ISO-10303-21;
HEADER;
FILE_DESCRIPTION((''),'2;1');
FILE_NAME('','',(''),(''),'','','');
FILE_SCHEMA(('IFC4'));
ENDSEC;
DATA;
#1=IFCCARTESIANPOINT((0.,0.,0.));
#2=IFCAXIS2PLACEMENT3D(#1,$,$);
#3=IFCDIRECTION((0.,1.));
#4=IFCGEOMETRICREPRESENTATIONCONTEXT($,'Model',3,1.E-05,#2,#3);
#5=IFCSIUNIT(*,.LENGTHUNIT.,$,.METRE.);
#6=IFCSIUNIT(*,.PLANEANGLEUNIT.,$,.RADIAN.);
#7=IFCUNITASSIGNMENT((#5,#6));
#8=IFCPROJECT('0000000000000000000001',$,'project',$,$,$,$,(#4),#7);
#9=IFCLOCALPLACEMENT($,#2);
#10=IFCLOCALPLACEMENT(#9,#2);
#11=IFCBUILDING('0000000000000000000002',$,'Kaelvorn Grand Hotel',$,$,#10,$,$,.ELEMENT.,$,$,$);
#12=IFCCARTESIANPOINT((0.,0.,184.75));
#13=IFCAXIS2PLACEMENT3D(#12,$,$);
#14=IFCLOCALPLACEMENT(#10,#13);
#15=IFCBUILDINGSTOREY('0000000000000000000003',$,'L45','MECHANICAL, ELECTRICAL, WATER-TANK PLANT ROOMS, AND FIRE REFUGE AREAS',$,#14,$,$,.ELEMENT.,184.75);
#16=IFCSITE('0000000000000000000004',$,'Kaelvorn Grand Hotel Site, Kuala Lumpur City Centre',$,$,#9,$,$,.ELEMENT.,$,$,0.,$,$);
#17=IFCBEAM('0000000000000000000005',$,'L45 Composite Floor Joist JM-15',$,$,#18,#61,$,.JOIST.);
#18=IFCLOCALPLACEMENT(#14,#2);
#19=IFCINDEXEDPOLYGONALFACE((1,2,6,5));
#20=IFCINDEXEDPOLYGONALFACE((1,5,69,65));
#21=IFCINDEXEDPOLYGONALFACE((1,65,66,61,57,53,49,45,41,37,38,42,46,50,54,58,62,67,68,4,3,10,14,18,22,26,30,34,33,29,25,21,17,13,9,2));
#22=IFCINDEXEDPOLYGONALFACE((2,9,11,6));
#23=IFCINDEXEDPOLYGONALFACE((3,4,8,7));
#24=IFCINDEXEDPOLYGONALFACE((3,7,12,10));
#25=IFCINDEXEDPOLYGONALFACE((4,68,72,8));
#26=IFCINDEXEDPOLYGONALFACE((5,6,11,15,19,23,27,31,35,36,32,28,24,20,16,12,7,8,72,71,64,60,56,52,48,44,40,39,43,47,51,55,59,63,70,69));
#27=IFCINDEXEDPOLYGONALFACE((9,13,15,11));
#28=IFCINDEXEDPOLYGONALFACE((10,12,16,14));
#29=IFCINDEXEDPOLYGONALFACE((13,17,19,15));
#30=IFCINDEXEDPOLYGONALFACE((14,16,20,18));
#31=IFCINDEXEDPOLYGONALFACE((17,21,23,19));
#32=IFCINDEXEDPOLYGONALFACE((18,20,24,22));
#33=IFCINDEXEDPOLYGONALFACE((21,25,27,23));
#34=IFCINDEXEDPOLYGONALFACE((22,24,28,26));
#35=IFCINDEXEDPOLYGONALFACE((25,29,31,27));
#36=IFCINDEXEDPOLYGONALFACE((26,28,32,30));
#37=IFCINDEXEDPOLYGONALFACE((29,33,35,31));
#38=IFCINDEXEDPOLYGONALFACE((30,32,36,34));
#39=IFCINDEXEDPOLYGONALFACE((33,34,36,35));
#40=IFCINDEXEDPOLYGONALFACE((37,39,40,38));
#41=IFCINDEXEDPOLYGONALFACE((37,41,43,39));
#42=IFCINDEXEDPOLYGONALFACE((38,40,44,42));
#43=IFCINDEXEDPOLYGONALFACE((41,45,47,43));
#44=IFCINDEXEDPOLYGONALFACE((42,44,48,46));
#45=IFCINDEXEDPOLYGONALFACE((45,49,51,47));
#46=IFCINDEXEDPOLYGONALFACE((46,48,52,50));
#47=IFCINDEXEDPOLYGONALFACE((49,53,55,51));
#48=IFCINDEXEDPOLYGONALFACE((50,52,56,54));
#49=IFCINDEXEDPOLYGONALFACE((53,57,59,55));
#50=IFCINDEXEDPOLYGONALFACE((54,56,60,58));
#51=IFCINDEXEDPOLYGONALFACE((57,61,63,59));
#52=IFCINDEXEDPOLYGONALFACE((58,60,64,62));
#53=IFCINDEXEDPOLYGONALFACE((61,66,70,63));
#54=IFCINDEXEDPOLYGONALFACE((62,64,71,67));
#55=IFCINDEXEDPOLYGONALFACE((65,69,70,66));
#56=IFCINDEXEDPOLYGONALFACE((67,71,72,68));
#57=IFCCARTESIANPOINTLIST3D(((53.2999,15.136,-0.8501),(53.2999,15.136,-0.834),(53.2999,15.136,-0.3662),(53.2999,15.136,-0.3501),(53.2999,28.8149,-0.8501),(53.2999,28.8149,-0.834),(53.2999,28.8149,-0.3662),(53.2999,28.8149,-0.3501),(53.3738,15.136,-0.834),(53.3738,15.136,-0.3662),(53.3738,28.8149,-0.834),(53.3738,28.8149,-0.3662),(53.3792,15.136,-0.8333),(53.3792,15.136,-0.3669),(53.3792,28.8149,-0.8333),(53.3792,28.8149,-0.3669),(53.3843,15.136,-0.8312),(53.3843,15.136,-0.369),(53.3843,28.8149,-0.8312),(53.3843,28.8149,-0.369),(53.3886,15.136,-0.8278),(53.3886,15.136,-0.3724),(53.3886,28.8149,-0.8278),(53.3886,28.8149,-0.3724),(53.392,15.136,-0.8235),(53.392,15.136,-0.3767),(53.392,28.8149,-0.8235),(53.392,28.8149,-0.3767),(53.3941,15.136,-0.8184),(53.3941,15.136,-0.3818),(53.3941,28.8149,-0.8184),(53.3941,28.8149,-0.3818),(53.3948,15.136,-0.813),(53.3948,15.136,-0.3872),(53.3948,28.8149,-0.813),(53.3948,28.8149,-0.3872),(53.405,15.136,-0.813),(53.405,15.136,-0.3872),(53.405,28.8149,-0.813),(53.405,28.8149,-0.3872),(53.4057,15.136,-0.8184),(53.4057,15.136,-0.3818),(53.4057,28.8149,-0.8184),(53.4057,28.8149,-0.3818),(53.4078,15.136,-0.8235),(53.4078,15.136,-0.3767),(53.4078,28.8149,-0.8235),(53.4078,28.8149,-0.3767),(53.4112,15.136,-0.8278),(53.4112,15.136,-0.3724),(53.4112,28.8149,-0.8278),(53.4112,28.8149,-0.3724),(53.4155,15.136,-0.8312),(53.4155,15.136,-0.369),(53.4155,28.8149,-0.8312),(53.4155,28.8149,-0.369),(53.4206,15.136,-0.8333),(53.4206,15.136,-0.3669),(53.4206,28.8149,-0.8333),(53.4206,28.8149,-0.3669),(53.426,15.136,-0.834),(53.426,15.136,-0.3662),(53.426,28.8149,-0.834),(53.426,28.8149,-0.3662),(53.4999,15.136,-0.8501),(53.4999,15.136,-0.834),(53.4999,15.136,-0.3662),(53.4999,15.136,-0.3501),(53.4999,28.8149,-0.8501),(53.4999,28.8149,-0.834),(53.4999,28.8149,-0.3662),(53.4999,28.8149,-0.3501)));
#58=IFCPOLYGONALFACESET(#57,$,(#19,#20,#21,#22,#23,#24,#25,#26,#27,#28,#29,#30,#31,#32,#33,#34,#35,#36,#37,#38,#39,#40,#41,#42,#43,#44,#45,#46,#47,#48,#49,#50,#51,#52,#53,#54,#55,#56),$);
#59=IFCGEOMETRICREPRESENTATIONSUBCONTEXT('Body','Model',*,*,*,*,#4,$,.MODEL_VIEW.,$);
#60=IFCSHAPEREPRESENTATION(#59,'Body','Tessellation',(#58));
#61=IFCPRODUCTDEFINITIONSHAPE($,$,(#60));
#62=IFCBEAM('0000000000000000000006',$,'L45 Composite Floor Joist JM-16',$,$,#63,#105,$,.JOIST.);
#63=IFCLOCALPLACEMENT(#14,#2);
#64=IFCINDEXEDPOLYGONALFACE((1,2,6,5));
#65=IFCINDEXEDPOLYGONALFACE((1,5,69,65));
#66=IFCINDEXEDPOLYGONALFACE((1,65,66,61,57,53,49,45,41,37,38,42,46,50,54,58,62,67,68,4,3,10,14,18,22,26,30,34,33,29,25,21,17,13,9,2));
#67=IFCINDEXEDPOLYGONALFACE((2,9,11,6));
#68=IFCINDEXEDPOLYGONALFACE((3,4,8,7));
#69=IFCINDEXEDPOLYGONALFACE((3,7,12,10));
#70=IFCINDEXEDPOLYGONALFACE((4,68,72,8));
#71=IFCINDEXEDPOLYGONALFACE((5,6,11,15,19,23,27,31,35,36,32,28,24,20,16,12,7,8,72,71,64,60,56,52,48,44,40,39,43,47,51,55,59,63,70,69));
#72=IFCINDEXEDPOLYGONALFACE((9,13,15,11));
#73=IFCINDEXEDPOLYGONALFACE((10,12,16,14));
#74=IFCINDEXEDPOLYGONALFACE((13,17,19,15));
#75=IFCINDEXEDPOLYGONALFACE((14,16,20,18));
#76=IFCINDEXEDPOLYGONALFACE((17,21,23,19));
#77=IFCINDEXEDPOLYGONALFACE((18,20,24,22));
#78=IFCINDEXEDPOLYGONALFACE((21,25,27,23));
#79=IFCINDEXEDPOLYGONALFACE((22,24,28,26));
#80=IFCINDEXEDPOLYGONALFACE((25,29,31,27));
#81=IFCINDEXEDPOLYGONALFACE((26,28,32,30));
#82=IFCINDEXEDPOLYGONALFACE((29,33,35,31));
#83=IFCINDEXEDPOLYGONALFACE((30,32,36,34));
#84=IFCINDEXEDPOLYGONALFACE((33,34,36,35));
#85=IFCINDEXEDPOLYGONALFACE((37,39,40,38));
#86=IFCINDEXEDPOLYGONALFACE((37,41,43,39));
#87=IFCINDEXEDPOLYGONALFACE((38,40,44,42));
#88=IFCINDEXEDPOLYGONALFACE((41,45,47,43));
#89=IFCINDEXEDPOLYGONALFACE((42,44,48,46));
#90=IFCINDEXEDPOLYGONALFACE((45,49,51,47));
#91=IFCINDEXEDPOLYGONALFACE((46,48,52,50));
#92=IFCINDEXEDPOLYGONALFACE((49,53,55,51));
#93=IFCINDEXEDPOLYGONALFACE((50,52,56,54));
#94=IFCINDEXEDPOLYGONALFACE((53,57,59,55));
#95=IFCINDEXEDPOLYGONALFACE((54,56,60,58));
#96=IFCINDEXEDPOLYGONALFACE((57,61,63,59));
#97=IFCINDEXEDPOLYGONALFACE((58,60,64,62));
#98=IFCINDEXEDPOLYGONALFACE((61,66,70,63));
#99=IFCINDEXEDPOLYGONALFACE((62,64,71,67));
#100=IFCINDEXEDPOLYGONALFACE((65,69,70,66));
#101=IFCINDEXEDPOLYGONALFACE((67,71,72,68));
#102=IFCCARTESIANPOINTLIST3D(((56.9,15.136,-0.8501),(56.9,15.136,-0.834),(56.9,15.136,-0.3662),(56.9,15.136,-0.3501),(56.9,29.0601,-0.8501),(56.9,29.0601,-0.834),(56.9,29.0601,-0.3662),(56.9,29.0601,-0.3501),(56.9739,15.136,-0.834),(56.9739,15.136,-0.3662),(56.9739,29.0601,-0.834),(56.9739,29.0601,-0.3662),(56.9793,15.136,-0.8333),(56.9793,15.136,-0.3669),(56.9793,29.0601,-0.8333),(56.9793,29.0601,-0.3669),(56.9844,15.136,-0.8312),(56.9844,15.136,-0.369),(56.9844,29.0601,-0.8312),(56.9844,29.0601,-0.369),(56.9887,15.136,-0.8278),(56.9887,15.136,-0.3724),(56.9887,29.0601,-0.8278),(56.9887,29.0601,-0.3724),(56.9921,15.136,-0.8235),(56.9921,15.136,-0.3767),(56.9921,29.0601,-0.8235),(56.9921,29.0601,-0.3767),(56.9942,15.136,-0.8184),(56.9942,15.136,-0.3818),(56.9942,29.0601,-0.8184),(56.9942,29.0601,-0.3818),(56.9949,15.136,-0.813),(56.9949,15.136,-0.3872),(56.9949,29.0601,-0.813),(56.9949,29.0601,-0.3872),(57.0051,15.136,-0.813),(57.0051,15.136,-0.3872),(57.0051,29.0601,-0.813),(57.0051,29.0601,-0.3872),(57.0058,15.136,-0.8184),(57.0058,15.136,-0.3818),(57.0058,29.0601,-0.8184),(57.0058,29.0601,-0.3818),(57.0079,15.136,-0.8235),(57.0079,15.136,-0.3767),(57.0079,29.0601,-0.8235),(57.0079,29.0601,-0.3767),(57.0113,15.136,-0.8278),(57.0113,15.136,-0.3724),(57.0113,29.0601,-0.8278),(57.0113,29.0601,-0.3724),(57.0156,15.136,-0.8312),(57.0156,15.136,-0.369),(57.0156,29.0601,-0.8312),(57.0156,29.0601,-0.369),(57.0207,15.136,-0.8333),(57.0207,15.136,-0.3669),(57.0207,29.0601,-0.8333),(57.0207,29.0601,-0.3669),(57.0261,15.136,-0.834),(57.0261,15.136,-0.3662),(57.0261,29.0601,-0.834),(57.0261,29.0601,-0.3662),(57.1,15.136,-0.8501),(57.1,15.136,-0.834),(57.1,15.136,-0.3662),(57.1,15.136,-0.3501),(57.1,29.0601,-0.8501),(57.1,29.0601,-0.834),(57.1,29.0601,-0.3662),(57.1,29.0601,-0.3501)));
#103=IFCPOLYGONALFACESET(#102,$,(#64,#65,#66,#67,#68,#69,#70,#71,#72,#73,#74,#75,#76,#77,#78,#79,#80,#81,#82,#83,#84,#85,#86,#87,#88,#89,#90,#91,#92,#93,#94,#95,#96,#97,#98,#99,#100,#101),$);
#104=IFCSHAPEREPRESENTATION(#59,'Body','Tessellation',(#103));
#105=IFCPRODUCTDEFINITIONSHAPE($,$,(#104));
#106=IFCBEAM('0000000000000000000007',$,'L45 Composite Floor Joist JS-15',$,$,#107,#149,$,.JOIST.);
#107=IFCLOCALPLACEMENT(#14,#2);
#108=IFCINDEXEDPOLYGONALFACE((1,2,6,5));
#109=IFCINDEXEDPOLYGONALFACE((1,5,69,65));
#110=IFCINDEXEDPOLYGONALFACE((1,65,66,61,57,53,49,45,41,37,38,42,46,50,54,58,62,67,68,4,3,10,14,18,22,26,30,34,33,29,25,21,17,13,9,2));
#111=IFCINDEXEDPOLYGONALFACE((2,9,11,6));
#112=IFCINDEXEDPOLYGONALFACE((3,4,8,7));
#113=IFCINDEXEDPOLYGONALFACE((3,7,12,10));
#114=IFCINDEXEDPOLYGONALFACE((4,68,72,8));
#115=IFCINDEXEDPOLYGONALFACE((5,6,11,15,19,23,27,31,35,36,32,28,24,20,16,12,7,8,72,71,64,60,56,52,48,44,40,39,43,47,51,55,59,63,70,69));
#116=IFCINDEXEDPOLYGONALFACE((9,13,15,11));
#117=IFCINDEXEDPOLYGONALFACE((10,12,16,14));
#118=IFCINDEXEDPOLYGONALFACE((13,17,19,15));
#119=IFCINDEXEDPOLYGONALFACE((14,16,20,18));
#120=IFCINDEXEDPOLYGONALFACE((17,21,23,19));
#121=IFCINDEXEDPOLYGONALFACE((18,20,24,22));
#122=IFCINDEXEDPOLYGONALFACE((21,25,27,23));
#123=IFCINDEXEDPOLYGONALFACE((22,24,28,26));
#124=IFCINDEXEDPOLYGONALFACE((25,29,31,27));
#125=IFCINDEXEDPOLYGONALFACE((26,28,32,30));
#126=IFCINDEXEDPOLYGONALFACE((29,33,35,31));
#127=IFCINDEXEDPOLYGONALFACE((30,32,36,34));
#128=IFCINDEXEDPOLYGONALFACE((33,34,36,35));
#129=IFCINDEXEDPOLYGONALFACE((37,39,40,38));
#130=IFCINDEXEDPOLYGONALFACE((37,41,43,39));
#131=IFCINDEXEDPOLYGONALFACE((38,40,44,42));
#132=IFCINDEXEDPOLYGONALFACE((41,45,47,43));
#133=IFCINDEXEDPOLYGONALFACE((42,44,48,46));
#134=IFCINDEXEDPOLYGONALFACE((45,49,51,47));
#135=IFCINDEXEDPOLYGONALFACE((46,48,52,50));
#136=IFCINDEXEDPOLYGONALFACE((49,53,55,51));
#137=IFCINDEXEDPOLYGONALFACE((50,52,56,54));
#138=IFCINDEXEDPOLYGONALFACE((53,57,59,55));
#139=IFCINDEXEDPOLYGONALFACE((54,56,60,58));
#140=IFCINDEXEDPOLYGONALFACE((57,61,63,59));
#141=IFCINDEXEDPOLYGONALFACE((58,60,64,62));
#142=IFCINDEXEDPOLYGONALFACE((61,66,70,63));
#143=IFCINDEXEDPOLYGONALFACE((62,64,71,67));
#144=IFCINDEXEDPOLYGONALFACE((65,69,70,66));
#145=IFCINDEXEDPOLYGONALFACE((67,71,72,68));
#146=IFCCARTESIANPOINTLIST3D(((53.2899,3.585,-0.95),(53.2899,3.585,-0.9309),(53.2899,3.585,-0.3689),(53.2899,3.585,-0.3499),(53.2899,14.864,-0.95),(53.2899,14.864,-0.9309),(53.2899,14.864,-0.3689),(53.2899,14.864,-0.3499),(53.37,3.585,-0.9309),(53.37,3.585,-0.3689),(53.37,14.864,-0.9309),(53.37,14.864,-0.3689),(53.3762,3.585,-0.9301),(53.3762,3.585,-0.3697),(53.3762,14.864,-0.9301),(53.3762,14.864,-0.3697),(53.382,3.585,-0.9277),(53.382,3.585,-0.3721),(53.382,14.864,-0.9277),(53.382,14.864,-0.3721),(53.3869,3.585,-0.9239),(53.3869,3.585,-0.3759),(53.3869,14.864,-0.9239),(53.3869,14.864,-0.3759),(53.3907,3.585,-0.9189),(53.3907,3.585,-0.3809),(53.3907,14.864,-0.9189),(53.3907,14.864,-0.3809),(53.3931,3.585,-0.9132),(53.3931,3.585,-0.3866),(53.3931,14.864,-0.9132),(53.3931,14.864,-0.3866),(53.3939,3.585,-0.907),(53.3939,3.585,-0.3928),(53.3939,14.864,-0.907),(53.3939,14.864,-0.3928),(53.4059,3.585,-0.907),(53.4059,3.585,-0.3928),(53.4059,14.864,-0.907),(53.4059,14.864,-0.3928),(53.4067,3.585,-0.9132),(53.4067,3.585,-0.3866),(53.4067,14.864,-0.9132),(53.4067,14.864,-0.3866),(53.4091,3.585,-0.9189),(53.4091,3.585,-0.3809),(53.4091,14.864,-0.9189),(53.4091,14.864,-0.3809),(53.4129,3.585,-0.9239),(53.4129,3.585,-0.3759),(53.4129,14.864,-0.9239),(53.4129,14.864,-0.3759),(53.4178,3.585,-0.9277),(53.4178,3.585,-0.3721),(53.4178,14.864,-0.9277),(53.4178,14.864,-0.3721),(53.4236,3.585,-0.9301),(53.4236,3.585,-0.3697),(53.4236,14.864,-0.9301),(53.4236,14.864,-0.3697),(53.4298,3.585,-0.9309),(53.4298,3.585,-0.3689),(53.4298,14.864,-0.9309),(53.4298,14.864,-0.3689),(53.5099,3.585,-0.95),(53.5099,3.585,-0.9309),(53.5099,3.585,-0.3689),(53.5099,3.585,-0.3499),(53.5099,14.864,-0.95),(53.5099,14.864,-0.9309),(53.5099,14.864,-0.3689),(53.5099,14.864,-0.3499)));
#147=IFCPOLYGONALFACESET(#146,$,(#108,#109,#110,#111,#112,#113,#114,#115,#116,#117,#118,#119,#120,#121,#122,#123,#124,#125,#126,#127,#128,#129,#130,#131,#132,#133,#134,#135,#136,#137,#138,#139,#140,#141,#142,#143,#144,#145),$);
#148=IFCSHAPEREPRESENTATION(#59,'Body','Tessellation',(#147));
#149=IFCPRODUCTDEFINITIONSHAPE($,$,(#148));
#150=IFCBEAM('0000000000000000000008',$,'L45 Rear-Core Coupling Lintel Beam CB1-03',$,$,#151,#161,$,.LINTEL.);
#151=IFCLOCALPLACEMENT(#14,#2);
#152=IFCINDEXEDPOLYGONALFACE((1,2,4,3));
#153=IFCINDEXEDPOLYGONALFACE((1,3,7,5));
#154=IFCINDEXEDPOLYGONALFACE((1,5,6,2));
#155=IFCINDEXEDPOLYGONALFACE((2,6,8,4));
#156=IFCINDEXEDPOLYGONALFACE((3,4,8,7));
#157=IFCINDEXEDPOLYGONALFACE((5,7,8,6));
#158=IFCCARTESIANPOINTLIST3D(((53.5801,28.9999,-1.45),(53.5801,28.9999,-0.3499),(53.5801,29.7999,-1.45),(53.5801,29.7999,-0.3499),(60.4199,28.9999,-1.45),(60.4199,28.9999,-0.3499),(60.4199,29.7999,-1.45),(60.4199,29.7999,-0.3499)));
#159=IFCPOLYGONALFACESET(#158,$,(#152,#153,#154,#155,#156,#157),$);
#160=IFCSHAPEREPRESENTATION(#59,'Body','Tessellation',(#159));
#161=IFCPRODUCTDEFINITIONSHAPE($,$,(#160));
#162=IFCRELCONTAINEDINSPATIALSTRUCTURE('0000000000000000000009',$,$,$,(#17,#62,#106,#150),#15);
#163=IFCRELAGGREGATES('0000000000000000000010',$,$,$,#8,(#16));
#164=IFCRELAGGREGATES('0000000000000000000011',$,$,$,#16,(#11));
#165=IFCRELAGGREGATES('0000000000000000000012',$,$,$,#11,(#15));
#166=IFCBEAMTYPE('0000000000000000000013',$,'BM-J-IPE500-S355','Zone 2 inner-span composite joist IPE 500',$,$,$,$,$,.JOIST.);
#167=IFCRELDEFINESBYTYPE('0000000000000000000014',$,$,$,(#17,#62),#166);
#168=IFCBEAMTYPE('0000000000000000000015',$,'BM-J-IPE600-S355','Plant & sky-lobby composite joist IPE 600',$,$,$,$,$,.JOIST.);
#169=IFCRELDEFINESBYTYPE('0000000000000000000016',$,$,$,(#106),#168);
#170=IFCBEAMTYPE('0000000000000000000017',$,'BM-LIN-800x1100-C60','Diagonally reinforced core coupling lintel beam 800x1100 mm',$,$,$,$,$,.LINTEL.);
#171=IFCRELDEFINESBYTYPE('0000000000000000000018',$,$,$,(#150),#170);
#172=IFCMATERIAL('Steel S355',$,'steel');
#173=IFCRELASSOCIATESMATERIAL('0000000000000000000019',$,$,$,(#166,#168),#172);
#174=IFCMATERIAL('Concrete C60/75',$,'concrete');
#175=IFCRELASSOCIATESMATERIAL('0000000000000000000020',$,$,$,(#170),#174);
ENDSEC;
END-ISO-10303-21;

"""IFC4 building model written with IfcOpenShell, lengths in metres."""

from ifc_helpers import new_model, si_unit, direction, frame, origin, origin_2d, place, context, subcontext, project, spatial, rectangle, i_section, extrude, material, material_profile, profile_set, type_object, element, save


model = new_model("IFC4")

# Units and contexts
model_context = context("Model", 3, precision=1e-05, world=origin(), true_north=direction((0.0, 1.0)))
body_context = subcontext(model_context, "Body", "Model", "MODEL_VIEW")
ifc_project = project(units=[si_unit("LENGTHUNIT", "METRE"), si_unit("PLANEANGLEUNIT", "RADIAN")], contexts=[model_context])

# Site, building, storey
site_placement = place(None, origin())
site = spatial("IfcSite", under=ifc_project, at=site_placement, Name="Kaelvorn Grand Hotel Site, Kuala Lumpur City Centre", CompositionType="ELEMENT", RefElevation=0.0)
building_placement = place(site_placement, origin())
building = spatial("IfcBuilding", under=site, at=building_placement, Name="Kaelvorn Grand Hotel", CompositionType="ELEMENT")
storey_placement = place(building_placement, frame((0.0, 0.0, 184.75)))
storey = spatial("IfcBuildingStorey", under=building, at=storey_placement, Name="L45", Description="MECHANICAL, ELECTRICAL, WATER-TANK PLANT ROOMS, AND FIRE REFUGE AREAS", CompositionType="ELEMENT", Elevation=184.75)

# Shared definitions
ifc_material_1 = material(Name="Concrete C60/75", Category="concrete")

# Beams
ifc_material_2 = material(Name="Steel S355", Category="steel")
ifc_material_profile_1 = material_profile(ifc_material_2, i_section(OverallWidth=0.2, OverallDepth=0.5, WebThickness=0.0103, FlangeThickness=0.0161, FilletRadius=0.021, at=origin_2d()), Name="IPE 500")
ifc_profile_set_1 = profile_set([ifc_material_profile_1], Name="Steel S355")
beam_type_1 = type_object("IfcBeamType", Name="BM-J-IPE500-S355", Description="Zone 2 inner-span composite joist IPE 500", PredefinedType="JOIST", material=ifc_profile_set_1)
beam_1_placement = place(storey_placement, frame((53.3999, 15.136, -0.6001), z_axis=(0.0, 1.0, 0.0), x_axis=(-1.0, 0.0, 0.0)))
element("IfcBeam", 1, at=beam_1_placement, inside=storey, type_object=beam_type_1, Name="L45 Composite Floor Joist JM-15", PredefinedType="JOIST", context=body_context, shape_type="SweptSolid", body=[
    extrude(i_section(OverallWidth=0.2, OverallDepth=0.5, WebThickness=0.0103, FlangeThickness=0.0161, FilletRadius=0.021, at=origin_2d()), origin(), (0.0, 0.0, 1.0), 13.679),
])
beam_2_placement = place(storey_placement, frame((57.0, 15.136, -0.6001), z_axis=(0.0, 1.0, 0.0), x_axis=(-1.0, 0.0, 0.0)))
element("IfcBeam", 2, at=beam_2_placement, inside=storey, type_object=beam_type_1, Name="L45 Composite Floor Joist JM-16", PredefinedType="JOIST", context=body_context, shape_type="SweptSolid", body=[
    extrude(i_section(OverallWidth=0.2, OverallDepth=0.5, WebThickness=0.0103, FlangeThickness=0.0161, FilletRadius=0.021, at=origin_2d()), origin(), (0.0, 0.0, 1.0), 13.9241),
])
ifc_material_profile_2 = material_profile(ifc_material_2, i_section(OverallWidth=0.22, OverallDepth=0.6001, WebThickness=0.012, FlangeThickness=0.019, FilletRadius=0.0239, at=origin_2d()), Name="IPE 600")
ifc_profile_set_2 = profile_set([ifc_material_profile_2], Name="Steel S355")
beam_type_2 = type_object("IfcBeamType", Name="BM-J-IPE600-S355", Description="Plant & sky-lobby composite joist IPE 600", PredefinedType="JOIST", material=ifc_profile_set_2)
beam_3_placement = place(storey_placement, frame((53.3999, 3.585, -0.6499), z_axis=(0.0, 1.0, 0.0), x_axis=(-1.0, 0.0, 0.0)))
element("IfcBeam", 3, at=beam_3_placement, inside=storey, type_object=beam_type_2, Name="L45 Composite Floor Joist JS-15", PredefinedType="JOIST", context=body_context, shape_type="SweptSolid", body=[
    extrude(i_section(OverallWidth=0.22, OverallDepth=0.6001, WebThickness=0.012, FlangeThickness=0.019, FilletRadius=0.0239, at=origin_2d()), origin(), (0.0, 0.0, 1.0), 11.2791),
])
ifc_material_profile_3 = material_profile(ifc_material_1, rectangle(XDim=0.8, YDim=1.1001, at=origin_2d()), Name="RC LINTEL 800x1100")
ifc_profile_set_3 = profile_set([ifc_material_profile_3], Name="Concrete C60/75")
beam_type_3 = type_object("IfcBeamType", Name="BM-LIN-800x1100-C60", Description="Diagonally reinforced core coupling lintel beam 800x1100 mm", PredefinedType="LINTEL", material=ifc_profile_set_3)
beam_4_placement = place(storey_placement, frame((53.5801, 29.3999, -0.8999), z_axis=(1.0, 0.0, 0.0), x_axis=(0.0, 1.0, 0.0)))
element("IfcBeam", 4, at=beam_4_placement, inside=storey, type_object=beam_type_3, Name="L45 Rear-Core Coupling Lintel Beam CB1-03", PredefinedType="LINTEL", context=body_context, shape_type="SweptSolid", body=[
    extrude(rectangle(XDim=0.8, YDim=1.1001, at=origin_2d()), origin(), (0.0, 0.0, 1.0), 6.8398),
])

save(model, "model.ifc")
